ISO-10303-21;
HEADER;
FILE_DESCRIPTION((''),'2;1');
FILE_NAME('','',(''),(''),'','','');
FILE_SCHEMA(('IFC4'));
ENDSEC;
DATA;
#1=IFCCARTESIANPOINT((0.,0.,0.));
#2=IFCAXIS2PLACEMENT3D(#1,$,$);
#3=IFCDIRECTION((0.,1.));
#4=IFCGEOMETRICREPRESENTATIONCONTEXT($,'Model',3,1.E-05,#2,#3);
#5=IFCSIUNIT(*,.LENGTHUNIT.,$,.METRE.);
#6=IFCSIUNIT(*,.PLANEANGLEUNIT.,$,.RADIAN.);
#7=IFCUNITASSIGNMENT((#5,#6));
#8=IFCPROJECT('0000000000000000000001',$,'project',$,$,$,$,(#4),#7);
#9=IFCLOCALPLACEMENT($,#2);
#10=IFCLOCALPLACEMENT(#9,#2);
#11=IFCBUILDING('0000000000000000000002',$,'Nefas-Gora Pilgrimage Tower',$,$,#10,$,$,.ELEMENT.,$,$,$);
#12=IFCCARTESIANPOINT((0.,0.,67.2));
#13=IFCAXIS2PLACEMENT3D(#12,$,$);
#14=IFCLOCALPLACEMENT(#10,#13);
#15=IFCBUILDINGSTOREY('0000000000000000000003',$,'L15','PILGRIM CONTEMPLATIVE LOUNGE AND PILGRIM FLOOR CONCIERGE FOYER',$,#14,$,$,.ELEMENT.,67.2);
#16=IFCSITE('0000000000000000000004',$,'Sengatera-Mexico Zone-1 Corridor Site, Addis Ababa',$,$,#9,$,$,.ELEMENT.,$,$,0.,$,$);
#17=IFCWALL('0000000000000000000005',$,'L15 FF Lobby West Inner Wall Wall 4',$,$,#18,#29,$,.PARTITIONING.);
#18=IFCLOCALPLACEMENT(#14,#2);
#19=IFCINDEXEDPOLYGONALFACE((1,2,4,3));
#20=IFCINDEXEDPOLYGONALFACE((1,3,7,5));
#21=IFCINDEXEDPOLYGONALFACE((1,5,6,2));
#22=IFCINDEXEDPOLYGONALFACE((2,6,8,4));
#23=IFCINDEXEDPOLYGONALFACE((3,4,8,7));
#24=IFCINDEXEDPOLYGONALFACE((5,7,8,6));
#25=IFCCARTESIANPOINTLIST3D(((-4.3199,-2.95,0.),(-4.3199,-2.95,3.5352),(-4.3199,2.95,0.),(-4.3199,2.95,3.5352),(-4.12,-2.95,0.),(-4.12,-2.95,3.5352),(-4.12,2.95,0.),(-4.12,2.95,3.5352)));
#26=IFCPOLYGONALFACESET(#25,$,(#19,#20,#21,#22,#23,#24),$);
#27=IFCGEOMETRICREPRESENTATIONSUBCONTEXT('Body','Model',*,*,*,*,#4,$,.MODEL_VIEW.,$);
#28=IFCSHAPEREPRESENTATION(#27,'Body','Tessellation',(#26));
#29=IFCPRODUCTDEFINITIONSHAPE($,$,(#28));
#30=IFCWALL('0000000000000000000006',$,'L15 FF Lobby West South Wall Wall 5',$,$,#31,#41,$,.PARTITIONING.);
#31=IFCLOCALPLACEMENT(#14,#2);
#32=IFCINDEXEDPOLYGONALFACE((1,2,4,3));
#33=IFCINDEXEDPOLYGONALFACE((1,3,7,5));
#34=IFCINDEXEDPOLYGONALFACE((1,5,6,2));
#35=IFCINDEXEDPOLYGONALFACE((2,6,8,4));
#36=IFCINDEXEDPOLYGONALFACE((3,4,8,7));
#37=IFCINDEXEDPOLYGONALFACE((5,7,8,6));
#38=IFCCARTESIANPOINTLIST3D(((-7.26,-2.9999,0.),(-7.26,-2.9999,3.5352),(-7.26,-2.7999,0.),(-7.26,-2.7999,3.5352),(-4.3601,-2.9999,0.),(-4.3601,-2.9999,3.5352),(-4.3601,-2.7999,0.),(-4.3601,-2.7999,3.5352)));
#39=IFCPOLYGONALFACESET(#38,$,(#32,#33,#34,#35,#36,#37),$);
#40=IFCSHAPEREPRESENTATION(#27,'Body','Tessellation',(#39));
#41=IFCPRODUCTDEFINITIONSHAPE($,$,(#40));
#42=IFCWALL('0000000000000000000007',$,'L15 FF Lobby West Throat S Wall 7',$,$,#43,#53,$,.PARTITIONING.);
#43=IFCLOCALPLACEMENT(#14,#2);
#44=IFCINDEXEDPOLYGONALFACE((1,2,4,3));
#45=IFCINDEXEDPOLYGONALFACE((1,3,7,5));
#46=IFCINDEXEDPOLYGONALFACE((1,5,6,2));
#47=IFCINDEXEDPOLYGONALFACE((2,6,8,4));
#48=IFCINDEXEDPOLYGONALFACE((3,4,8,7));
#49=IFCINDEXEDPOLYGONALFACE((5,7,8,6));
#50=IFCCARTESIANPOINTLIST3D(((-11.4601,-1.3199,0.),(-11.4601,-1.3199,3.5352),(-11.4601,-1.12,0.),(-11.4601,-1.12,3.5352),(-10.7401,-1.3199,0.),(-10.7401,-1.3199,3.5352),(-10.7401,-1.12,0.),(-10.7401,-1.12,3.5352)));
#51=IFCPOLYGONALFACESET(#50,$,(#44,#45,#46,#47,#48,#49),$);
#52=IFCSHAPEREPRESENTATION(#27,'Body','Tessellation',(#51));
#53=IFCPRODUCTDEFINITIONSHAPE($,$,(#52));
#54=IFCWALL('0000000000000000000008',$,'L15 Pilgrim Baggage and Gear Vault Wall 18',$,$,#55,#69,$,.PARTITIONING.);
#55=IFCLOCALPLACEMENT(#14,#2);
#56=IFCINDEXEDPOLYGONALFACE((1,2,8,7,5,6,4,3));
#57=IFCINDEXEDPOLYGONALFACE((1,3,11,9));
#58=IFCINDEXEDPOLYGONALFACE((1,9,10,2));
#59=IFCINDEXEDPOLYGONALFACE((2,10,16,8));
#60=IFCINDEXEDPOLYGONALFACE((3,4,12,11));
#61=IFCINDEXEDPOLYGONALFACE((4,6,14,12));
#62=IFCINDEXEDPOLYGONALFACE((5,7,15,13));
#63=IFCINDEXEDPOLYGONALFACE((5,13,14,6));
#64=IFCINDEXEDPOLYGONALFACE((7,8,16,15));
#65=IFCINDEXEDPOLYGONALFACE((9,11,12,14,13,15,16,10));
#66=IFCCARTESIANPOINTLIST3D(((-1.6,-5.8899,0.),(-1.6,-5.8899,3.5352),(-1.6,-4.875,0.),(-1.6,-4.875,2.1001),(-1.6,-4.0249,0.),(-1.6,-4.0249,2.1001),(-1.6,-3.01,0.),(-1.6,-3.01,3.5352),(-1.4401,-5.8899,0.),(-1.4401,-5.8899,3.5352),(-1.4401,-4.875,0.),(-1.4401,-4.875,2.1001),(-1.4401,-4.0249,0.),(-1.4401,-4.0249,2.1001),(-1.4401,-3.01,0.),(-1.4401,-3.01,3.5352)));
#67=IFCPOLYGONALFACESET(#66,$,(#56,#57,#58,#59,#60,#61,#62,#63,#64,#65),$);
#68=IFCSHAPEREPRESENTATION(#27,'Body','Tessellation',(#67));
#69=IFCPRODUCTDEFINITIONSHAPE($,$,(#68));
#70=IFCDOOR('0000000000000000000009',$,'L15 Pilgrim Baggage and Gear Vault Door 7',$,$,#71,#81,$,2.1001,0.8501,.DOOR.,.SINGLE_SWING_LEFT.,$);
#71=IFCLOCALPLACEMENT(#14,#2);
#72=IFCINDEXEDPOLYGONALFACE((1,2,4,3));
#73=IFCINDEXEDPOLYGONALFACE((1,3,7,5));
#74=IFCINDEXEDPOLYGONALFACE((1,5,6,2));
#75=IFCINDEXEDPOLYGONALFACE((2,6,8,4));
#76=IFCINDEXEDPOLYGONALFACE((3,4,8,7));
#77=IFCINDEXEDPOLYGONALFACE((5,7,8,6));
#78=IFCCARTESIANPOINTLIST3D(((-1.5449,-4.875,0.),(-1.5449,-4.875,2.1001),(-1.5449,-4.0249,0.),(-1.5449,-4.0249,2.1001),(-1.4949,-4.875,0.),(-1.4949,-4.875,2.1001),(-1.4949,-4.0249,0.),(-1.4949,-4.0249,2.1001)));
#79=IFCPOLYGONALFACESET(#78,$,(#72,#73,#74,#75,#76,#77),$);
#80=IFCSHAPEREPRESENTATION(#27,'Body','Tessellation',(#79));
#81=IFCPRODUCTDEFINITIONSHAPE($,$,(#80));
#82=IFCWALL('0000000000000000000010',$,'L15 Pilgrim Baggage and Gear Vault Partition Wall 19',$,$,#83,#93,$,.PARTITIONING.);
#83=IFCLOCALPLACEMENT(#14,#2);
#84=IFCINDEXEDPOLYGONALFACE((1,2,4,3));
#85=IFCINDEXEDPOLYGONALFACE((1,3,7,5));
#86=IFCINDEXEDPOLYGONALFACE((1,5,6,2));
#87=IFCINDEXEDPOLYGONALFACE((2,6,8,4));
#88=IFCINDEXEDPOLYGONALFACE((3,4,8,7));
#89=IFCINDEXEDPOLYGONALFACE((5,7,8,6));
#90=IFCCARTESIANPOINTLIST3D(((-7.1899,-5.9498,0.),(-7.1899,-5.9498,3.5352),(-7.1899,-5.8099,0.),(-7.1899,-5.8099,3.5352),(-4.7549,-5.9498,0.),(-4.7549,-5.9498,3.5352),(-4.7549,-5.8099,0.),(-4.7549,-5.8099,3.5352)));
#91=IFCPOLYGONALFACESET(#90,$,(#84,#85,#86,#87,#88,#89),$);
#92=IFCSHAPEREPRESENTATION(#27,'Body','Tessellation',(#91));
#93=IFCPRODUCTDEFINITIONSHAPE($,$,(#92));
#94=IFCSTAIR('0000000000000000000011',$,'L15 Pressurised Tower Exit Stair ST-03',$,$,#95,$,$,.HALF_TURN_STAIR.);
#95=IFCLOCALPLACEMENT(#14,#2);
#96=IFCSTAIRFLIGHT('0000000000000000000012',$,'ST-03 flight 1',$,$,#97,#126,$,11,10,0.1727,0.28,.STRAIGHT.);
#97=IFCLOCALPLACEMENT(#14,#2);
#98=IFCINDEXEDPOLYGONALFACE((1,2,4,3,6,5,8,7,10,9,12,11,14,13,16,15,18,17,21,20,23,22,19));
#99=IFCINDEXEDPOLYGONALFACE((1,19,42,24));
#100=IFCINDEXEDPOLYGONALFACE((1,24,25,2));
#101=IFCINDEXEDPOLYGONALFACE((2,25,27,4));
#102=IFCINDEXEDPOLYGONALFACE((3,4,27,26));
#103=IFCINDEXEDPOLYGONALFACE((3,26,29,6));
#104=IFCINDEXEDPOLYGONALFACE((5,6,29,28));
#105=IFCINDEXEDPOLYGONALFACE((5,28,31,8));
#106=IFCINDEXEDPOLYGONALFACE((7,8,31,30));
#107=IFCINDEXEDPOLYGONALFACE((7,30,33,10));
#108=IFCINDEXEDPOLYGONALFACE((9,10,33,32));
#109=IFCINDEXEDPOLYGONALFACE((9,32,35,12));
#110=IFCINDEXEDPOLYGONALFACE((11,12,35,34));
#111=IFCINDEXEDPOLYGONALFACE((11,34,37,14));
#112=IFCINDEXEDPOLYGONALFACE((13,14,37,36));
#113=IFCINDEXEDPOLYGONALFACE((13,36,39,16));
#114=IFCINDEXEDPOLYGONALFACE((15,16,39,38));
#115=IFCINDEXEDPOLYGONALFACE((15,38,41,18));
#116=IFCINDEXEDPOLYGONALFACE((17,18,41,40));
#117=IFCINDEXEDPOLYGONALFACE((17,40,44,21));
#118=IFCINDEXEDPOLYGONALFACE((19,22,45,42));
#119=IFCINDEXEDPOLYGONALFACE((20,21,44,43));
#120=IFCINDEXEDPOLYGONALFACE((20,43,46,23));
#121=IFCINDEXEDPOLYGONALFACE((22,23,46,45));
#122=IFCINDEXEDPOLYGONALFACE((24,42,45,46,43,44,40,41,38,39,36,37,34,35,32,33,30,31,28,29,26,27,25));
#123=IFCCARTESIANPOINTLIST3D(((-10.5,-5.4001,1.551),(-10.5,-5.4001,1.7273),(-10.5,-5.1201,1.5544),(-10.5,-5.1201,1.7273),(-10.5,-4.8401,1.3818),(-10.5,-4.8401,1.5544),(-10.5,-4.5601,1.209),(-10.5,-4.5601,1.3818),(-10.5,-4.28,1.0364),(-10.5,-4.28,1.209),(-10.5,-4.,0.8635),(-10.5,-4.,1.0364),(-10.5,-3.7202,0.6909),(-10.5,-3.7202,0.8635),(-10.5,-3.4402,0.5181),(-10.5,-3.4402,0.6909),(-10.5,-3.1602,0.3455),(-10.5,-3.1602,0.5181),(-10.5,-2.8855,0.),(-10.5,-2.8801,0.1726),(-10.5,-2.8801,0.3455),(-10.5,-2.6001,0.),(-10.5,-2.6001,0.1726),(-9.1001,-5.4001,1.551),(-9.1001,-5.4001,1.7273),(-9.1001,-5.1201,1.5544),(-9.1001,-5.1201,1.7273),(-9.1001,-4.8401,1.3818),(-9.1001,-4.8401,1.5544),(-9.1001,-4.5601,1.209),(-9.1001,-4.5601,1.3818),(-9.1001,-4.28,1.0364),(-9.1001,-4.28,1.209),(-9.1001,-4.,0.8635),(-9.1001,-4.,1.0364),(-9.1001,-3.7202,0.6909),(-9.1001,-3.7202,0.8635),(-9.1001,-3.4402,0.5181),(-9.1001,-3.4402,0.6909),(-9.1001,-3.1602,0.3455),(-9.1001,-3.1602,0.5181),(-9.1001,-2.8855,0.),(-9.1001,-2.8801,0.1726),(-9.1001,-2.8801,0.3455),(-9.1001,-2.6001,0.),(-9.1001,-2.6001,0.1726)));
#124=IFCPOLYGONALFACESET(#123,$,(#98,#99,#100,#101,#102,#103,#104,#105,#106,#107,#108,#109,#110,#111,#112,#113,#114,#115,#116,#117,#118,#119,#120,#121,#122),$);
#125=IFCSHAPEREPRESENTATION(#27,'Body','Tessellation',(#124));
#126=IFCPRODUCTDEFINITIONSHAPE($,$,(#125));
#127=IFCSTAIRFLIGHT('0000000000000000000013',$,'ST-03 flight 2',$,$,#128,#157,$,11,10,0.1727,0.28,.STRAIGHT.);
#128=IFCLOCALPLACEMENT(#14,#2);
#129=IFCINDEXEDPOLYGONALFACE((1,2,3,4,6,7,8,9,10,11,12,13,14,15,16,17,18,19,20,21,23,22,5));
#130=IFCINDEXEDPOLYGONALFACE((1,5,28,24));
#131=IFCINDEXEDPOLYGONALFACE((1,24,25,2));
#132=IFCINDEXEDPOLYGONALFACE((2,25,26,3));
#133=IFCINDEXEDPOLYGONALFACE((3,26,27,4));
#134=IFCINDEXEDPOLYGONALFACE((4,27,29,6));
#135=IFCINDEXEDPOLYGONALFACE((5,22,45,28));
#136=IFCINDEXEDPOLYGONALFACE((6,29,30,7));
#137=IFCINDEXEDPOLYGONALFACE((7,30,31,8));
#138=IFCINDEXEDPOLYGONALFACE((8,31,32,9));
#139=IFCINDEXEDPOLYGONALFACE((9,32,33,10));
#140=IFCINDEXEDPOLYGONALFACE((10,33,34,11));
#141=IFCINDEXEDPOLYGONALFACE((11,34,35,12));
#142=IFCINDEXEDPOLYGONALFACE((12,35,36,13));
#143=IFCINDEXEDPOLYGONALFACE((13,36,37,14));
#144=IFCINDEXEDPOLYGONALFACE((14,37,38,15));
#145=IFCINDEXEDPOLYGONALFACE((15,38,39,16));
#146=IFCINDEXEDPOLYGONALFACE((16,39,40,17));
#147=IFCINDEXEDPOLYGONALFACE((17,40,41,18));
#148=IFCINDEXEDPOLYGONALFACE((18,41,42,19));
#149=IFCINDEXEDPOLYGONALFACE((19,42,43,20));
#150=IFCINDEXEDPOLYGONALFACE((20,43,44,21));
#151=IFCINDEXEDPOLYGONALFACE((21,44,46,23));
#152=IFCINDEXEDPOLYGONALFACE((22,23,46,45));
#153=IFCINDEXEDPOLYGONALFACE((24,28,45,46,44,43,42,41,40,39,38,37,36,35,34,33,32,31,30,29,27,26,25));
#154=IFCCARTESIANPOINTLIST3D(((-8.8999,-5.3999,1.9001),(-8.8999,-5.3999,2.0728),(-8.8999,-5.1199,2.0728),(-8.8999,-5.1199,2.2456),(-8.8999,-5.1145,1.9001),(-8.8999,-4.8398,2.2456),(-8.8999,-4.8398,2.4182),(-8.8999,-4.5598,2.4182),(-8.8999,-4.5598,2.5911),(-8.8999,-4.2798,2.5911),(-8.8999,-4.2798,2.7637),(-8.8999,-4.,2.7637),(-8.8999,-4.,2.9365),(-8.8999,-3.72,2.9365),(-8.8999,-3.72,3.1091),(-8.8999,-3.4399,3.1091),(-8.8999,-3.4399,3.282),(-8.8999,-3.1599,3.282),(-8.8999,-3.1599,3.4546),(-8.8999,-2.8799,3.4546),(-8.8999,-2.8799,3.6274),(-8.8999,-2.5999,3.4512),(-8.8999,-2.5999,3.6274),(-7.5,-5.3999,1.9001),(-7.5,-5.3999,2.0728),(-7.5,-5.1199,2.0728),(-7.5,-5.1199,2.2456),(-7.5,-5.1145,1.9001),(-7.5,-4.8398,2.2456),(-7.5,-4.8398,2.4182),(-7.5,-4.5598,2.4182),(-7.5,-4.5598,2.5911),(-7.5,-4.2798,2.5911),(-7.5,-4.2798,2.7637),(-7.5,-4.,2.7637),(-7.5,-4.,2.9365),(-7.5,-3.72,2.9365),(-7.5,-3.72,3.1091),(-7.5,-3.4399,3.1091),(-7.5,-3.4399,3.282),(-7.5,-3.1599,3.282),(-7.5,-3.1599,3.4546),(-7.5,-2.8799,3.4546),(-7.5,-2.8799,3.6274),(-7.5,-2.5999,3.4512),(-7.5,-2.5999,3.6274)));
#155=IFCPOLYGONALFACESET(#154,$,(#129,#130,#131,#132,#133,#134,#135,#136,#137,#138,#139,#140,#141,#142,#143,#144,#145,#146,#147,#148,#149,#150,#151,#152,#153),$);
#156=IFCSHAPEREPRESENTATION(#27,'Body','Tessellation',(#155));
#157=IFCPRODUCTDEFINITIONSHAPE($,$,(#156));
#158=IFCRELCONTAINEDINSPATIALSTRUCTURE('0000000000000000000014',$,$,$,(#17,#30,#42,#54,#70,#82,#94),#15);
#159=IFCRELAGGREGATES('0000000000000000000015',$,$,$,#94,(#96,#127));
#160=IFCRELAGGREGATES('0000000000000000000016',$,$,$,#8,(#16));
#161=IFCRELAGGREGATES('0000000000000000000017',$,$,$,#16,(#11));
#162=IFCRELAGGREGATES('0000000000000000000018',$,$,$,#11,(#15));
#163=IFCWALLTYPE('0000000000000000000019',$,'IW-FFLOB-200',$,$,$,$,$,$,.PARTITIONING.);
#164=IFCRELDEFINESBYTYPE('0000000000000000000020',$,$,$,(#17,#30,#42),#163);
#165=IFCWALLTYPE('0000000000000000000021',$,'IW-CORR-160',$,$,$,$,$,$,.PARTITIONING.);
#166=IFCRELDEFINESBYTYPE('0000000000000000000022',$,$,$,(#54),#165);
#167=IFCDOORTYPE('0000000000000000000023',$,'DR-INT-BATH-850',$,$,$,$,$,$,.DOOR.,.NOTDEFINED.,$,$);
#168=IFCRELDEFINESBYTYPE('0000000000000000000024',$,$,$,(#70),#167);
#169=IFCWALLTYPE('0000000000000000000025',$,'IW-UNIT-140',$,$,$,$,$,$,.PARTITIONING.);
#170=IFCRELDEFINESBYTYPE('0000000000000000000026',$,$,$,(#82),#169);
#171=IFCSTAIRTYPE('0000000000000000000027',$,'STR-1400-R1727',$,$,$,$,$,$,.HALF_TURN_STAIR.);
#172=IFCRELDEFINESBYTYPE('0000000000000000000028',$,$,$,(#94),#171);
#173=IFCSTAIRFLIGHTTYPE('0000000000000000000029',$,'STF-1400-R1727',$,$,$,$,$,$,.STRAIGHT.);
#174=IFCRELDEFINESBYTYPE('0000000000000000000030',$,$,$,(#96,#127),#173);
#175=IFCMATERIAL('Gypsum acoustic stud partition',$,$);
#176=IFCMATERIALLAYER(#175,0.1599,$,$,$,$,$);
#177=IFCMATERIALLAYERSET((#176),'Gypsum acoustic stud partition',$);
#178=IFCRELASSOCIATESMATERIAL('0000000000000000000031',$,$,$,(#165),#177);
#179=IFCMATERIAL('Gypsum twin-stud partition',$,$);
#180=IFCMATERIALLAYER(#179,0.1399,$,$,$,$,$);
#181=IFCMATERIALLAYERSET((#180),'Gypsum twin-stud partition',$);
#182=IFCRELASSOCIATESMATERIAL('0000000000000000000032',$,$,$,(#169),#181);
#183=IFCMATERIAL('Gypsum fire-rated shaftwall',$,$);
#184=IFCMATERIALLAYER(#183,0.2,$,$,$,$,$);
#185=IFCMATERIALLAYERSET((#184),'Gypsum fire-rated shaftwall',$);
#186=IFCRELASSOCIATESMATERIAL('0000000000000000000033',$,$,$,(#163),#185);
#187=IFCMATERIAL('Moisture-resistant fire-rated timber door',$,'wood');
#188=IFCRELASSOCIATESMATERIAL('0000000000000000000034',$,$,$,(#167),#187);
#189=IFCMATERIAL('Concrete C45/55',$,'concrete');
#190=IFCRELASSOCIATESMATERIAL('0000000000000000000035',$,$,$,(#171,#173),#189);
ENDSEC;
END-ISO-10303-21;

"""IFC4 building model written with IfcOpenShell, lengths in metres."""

from ifc_helpers import new_model, si_unit, direction, frame, frame_2d, origin, place, context, subcontext, project, spatial, polyline, rectangle, outline, extrude, source, transform, mapped, material, layer, layer_set, type_object, element, fill, aggregate, save


model = new_model("IFC4")

# Units and contexts
model_context = context("Model", 3, precision=1e-05, world=origin(), true_north=direction((0.0, 1.0)))
body_context = subcontext(model_context, "Body", "Model", "MODEL_VIEW")
ifc_project = project(units=[si_unit("LENGTHUNIT", "METRE"), si_unit("PLANEANGLEUNIT", "RADIAN")], contexts=[model_context])

# Site, building, storey
site_placement = place(None, origin())
site = spatial("IfcSite", under=ifc_project, at=site_placement, Name="Sengatera-Mexico Zone-1 Corridor Site, Addis Ababa", CompositionType="ELEMENT", RefElevation=0.0)
building_placement = place(site_placement, origin())
building = spatial("IfcBuilding", under=site, at=building_placement, Name="Nefas-Gora Pilgrimage Tower", CompositionType="ELEMENT")
storey_placement = place(building_placement, frame((0.0, 0.0, 67.2)))
storey = spatial("IfcBuildingStorey", under=building, at=storey_placement, Name="L15", Description="PILGRIM CONTEMPLATIVE LOUNGE AND PILGRIM FLOOR CONCIERGE FOYER", CompositionType="ELEMENT", Elevation=67.2)

# Shared definitions
ifc_material_1 = material(Name="Concrete C45/55", Category="concrete")

# Shared definitions
ifc_material_2 = material(Name="Gypsum acoustic stud partition")
ifc_layer_1 = layer(ifc_material_2, 0.1599)
ifc_layer_set_1 = layer_set([ifc_layer_1], Name="Gypsum acoustic stud partition")
wall_type_1 = type_object("IfcWallType", Name="IW-CORR-160", PredefinedType="PARTITIONING", material=ifc_layer_set_1)
ifc_material_3 = material(Name="Gypsum twin-stud partition")
ifc_layer_2 = layer(ifc_material_3, 0.1399)
ifc_layer_set_2 = layer_set([ifc_layer_2], Name="Gypsum twin-stud partition")
wall_type_2 = type_object("IfcWallType", Name="IW-UNIT-140", PredefinedType="PARTITIONING", material=ifc_layer_set_2)

# Shared definitions
ifc_material_4 = material(Name="Gypsum fire-rated shaftwall")
ifc_layer_3 = layer(ifc_material_4, 0.2)
ifc_layer_set_3 = layer_set([ifc_layer_3], Name="Gypsum fire-rated shaftwall")
wall_type_3 = type_object("IfcWallType", Name="IW-FFLOB-200", PredefinedType="PARTITIONING", material=ifc_layer_set_3)

# Walls
shared_shape_1 = source(origin(), body_context, "Body", "SweptSolid", [
    extrude(rectangle(XDim=5.8999, YDim=0.2, at=frame_2d((2.95, 0.0))), origin(), (0.0, 0.0, 1.0), 3.5352),
])
wall_1_placement = place(storey_placement, frame((-4.22, -2.95, 0.0), z_axis=(0.0, 0.0, 1.0), x_axis=(0.0, 1.0, 0.0)))
element("IfcWall", 1, at=wall_1_placement, inside=storey, type_object=wall_type_3, Name="L15 FF Lobby West Inner Wall Wall 4", PredefinedType="PARTITIONING", context=body_context, shape_type="MappedRepresentation", body=[
    mapped(shared_shape_1, transform((0.0, 0.0, 0.0), x_axis=(1.0, 0.0, 0.0), y_axis=(0.0, 1.0, 0.0), z_axis=(0.0, 0.0, 1.0), scale=1.0)),
])
shared_shape_2 = source(origin(), body_context, "Body", "SweptSolid", [
    extrude(rectangle(XDim=2.8999, YDim=0.2, at=frame_2d((1.45, 0.0))), origin(), (0.0, 0.0, 1.0), 3.5352),
])
wall_2_placement = place(storey_placement, frame((-7.26, -2.8999, 0.0), z_axis=(0.0, 0.0, 1.0), x_axis=(1.0, 0.0, 0.0)))
element("IfcWall", 2, at=wall_2_placement, inside=storey, type_object=wall_type_3, Name="L15 FF Lobby West South Wall Wall 5", PredefinedType="PARTITIONING", context=body_context, shape_type="MappedRepresentation", body=[
    mapped(shared_shape_2, transform((0.0, 0.0, 0.0), x_axis=(1.0, 0.0, 0.0), y_axis=(0.0, 1.0, 0.0), z_axis=(0.0, 0.0, 1.0), scale=1.0)),
])
shared_shape_3 = source(origin(), body_context, "Body", "SweptSolid", [
    extrude(rectangle(XDim=0.72, YDim=0.2, at=frame_2d((0.3599, 0.0))), origin(), (0.0, 0.0, 1.0), 3.5352),
])
wall_3_placement = place(storey_placement, frame((-11.46, -1.22, 0.0), z_axis=(0.0, 0.0, 1.0), x_axis=(1.0, 0.0, 0.0)))
element("IfcWall", 3, at=wall_3_placement, inside=storey, type_object=wall_type_3, Name="L15 FF Lobby West Throat S Wall 7", PredefinedType="PARTITIONING", context=body_context, shape_type="MappedRepresentation", body=[
    mapped(shared_shape_3, transform((0.0, 0.0, 0.0), x_axis=(1.0, 0.0, 0.0), y_axis=(0.0, 1.0, 0.0), z_axis=(0.0, 0.0, 1.0), scale=1.0)),
])

# Wall, opening, door
shared_shape_4 = source(origin(), body_context, "Body", "SweptSolid", [
    extrude(rectangle(XDim=2.8799, YDim=0.1599, at=frame_2d((1.4399, 0.0))), origin(), (0.0, 0.0, 1.0), 3.5352),
])
wall_4_placement = place(storey_placement, frame((-1.52, -5.8899, 0.0), z_axis=(0.0, 0.0, 1.0), x_axis=(0.0, 1.0, 0.0)))
wall_4 = element("IfcWall", 4, at=wall_4_placement, inside=storey, type_object=wall_type_1, Name="L15 Pilgrim Baggage and Gear Vault Wall 18", PredefinedType="PARTITIONING", context=body_context, shape_type="MappedRepresentation", body=[
    mapped(shared_shape_4, transform((0.0, 0.0, 0.0), x_axis=(1.0, 0.0, 0.0), y_axis=(0.0, 1.0, 0.0), z_axis=(0.0, 0.0, 1.0), scale=1.0)),
])
opening_1_placement = place(wall_4_placement, frame((1.0149, 0.0, 0.0)))
opening_1 = element("IfcOpeningElement", 5, at=opening_1_placement, cuts=wall_4, PredefinedType="OPENING", context=body_context, shape_type="SweptSolid", body=[
    extrude(rectangle(XDim=0.8501, YDim=2.1001, at=frame_2d((0.425, 1.05))), frame((0.0, 0.0898, 0.0), z_axis=(0.0, -1.0, 0.0), x_axis=(1.0, 0.0, 0.0)), (0.0, 0.0, 1.0), 0.1799),
])
ifc_material_5 = material(Name="Moisture-resistant fire-rated timber door", Category="wood")
door_type_1 = type_object("IfcDoorType", Name="DR-INT-BATH-850", OperationType="NOTDEFINED", PredefinedType="DOOR", material=ifc_material_5)
shared_shape_5 = source(origin(), body_context, "Body", "SweptSolid", [
    extrude(rectangle(XDim=0.8501, YDim=2.1001, at=frame_2d((0.425, 1.05))), frame((0.0, 0.0249, 0.0), z_axis=(0.0, -1.0, 0.0), x_axis=(1.0, 0.0, 0.0)), (0.0, 0.0, 1.0), 0.05),
])
door_1_placement = place(opening_1_placement, origin())
door_1 = element("IfcDoor", 6, at=door_1_placement, inside=storey, type_object=door_type_1, Name="L15 Pilgrim Baggage and Gear Vault Door 7", OperationType="SINGLE_SWING_LEFT", OverallHeight=2.1001, OverallWidth=0.8501, PredefinedType="DOOR", context=body_context, shape_type="MappedRepresentation", body=[
    mapped(shared_shape_5, transform((0.0, 0.0, 0.0), x_axis=(1.0, 0.0, 0.0), y_axis=(0.0, 1.0, 0.0), z_axis=(0.0, 0.0, 1.0), scale=1.0)),
])
fill(opening_1, door_1)

# Wall
shared_shape_6 = source(origin(), body_context, "Body", "SweptSolid", [
    extrude(rectangle(XDim=2.4351, YDim=0.1399, at=frame_2d((1.2175, 0.0))), origin(), (0.0, 0.0, 1.0), 3.5352),
])
wall_5_placement = place(storey_placement, frame((-7.1899, -5.8799, 0.0), z_axis=(0.0, 0.0, 1.0), x_axis=(1.0, 0.0, 0.0)))
element("IfcWall", 7, at=wall_5_placement, inside=storey, type_object=wall_type_2, Name="L15 Pilgrim Baggage and Gear Vault Partition Wall 19", PredefinedType="PARTITIONING", context=body_context, shape_type="MappedRepresentation", body=[
    mapped(shared_shape_6, transform((0.0, 0.0, 0.0), x_axis=(1.0, 0.0, 0.0), y_axis=(0.0, 1.0, 0.0), z_axis=(0.0, 0.0, 1.0), scale=1.0)),
])

# Stair, stair flights
stair_type = type_object("IfcStairType", Name="STR-1400-R1727", PredefinedType="HALF_TURN_STAIR", material=ifc_material_1)
stair_placement = place(storey_placement, origin())
stair = element("IfcStair", 8, at=stair_placement, inside=storey, type_object=stair_type, Name="L15 Pressurised Tower Exit Stair ST-03", PredefinedType="HALF_TURN_STAIR")
stair_flight_type = type_object("IfcStairFlightType", Name="STF-1400-R1727", PredefinedType="STRAIGHT", material=ifc_material_1)
shared_shape_7 = source(origin(), body_context, "Body", "SweptSolid", [
    extrude(outline(polyline([(0.0, 0.0), (0.0, 0.1726), (0.28, 0.1726), (0.28, 0.3455), (0.5601, 0.3455), (0.5601, 0.5181), (0.8401, 0.5181), (0.8401, 0.6909), (1.1201, 0.6909), (1.1201, 0.8635), (1.3999, 0.8635), (1.3999, 1.0364), (1.6799, 1.0364), (1.6799, 1.209), (1.96, 1.209), (1.96, 1.3818), (2.24, 1.3818), (2.24, 1.5544), (2.52, 1.5544), (2.52, 1.7273), (2.8, 1.7273), (2.8, 1.8999), (2.8, 1.551), (0.2854, 0.0), (0.0, 0.0)])), frame((0.0, 0.7, 0.0), z_axis=(0.0, -1.0, 0.0), x_axis=(1.0, 0.0, 0.0)), (0.0, 0.0, 1.0), 1.3999),
])
stair_flight_1_placement = place(storey_placement, frame((-9.8, -2.6001, 0.0), z_axis=(0.0, 0.0, 1.0), x_axis=(0.0, -1.0, 0.0)))
stair_flight_1 = element("IfcStairFlight", 9, at=stair_flight_1_placement, type_object=stair_flight_type, Name="ST-03 flight 1", NumberOfRisers=11, NumberOfTreads=10, PredefinedType="STRAIGHT", RiserHeight=0.1727, TreadLength=0.28, context=body_context, shape_type="MappedRepresentation", body=[
    mapped(shared_shape_7, transform((0.0, 0.0, 0.0), x_axis=(1.0, 0.0, 0.0), y_axis=(0.0, 1.0, 0.0), z_axis=(0.0, 0.0, 1.0), scale=1.0)),
])
stair_flight_2_placement = place(storey_placement, frame((-8.2, -5.3999, 1.9001), z_axis=(0.0, 0.0, 1.0), x_axis=(0.0, 1.0, 0.0)))
stair_flight_2 = element("IfcStairFlight", 10, at=stair_flight_2_placement, type_object=stair_flight_type, Name="ST-03 flight 2", NumberOfRisers=11, NumberOfTreads=10, PredefinedType="STRAIGHT", RiserHeight=0.1727, TreadLength=0.28, context=body_context, shape_type="MappedRepresentation", body=[
    mapped(shared_shape_7, transform((0.0, 0.0, 0.0), x_axis=(1.0, 0.0, 0.0), y_axis=(0.0, 1.0, 0.0), z_axis=(0.0, 0.0, 1.0), scale=1.0)),
])
aggregate(stair, [stair_flight_1, stair_flight_2])

save(model, "model.ifc")
